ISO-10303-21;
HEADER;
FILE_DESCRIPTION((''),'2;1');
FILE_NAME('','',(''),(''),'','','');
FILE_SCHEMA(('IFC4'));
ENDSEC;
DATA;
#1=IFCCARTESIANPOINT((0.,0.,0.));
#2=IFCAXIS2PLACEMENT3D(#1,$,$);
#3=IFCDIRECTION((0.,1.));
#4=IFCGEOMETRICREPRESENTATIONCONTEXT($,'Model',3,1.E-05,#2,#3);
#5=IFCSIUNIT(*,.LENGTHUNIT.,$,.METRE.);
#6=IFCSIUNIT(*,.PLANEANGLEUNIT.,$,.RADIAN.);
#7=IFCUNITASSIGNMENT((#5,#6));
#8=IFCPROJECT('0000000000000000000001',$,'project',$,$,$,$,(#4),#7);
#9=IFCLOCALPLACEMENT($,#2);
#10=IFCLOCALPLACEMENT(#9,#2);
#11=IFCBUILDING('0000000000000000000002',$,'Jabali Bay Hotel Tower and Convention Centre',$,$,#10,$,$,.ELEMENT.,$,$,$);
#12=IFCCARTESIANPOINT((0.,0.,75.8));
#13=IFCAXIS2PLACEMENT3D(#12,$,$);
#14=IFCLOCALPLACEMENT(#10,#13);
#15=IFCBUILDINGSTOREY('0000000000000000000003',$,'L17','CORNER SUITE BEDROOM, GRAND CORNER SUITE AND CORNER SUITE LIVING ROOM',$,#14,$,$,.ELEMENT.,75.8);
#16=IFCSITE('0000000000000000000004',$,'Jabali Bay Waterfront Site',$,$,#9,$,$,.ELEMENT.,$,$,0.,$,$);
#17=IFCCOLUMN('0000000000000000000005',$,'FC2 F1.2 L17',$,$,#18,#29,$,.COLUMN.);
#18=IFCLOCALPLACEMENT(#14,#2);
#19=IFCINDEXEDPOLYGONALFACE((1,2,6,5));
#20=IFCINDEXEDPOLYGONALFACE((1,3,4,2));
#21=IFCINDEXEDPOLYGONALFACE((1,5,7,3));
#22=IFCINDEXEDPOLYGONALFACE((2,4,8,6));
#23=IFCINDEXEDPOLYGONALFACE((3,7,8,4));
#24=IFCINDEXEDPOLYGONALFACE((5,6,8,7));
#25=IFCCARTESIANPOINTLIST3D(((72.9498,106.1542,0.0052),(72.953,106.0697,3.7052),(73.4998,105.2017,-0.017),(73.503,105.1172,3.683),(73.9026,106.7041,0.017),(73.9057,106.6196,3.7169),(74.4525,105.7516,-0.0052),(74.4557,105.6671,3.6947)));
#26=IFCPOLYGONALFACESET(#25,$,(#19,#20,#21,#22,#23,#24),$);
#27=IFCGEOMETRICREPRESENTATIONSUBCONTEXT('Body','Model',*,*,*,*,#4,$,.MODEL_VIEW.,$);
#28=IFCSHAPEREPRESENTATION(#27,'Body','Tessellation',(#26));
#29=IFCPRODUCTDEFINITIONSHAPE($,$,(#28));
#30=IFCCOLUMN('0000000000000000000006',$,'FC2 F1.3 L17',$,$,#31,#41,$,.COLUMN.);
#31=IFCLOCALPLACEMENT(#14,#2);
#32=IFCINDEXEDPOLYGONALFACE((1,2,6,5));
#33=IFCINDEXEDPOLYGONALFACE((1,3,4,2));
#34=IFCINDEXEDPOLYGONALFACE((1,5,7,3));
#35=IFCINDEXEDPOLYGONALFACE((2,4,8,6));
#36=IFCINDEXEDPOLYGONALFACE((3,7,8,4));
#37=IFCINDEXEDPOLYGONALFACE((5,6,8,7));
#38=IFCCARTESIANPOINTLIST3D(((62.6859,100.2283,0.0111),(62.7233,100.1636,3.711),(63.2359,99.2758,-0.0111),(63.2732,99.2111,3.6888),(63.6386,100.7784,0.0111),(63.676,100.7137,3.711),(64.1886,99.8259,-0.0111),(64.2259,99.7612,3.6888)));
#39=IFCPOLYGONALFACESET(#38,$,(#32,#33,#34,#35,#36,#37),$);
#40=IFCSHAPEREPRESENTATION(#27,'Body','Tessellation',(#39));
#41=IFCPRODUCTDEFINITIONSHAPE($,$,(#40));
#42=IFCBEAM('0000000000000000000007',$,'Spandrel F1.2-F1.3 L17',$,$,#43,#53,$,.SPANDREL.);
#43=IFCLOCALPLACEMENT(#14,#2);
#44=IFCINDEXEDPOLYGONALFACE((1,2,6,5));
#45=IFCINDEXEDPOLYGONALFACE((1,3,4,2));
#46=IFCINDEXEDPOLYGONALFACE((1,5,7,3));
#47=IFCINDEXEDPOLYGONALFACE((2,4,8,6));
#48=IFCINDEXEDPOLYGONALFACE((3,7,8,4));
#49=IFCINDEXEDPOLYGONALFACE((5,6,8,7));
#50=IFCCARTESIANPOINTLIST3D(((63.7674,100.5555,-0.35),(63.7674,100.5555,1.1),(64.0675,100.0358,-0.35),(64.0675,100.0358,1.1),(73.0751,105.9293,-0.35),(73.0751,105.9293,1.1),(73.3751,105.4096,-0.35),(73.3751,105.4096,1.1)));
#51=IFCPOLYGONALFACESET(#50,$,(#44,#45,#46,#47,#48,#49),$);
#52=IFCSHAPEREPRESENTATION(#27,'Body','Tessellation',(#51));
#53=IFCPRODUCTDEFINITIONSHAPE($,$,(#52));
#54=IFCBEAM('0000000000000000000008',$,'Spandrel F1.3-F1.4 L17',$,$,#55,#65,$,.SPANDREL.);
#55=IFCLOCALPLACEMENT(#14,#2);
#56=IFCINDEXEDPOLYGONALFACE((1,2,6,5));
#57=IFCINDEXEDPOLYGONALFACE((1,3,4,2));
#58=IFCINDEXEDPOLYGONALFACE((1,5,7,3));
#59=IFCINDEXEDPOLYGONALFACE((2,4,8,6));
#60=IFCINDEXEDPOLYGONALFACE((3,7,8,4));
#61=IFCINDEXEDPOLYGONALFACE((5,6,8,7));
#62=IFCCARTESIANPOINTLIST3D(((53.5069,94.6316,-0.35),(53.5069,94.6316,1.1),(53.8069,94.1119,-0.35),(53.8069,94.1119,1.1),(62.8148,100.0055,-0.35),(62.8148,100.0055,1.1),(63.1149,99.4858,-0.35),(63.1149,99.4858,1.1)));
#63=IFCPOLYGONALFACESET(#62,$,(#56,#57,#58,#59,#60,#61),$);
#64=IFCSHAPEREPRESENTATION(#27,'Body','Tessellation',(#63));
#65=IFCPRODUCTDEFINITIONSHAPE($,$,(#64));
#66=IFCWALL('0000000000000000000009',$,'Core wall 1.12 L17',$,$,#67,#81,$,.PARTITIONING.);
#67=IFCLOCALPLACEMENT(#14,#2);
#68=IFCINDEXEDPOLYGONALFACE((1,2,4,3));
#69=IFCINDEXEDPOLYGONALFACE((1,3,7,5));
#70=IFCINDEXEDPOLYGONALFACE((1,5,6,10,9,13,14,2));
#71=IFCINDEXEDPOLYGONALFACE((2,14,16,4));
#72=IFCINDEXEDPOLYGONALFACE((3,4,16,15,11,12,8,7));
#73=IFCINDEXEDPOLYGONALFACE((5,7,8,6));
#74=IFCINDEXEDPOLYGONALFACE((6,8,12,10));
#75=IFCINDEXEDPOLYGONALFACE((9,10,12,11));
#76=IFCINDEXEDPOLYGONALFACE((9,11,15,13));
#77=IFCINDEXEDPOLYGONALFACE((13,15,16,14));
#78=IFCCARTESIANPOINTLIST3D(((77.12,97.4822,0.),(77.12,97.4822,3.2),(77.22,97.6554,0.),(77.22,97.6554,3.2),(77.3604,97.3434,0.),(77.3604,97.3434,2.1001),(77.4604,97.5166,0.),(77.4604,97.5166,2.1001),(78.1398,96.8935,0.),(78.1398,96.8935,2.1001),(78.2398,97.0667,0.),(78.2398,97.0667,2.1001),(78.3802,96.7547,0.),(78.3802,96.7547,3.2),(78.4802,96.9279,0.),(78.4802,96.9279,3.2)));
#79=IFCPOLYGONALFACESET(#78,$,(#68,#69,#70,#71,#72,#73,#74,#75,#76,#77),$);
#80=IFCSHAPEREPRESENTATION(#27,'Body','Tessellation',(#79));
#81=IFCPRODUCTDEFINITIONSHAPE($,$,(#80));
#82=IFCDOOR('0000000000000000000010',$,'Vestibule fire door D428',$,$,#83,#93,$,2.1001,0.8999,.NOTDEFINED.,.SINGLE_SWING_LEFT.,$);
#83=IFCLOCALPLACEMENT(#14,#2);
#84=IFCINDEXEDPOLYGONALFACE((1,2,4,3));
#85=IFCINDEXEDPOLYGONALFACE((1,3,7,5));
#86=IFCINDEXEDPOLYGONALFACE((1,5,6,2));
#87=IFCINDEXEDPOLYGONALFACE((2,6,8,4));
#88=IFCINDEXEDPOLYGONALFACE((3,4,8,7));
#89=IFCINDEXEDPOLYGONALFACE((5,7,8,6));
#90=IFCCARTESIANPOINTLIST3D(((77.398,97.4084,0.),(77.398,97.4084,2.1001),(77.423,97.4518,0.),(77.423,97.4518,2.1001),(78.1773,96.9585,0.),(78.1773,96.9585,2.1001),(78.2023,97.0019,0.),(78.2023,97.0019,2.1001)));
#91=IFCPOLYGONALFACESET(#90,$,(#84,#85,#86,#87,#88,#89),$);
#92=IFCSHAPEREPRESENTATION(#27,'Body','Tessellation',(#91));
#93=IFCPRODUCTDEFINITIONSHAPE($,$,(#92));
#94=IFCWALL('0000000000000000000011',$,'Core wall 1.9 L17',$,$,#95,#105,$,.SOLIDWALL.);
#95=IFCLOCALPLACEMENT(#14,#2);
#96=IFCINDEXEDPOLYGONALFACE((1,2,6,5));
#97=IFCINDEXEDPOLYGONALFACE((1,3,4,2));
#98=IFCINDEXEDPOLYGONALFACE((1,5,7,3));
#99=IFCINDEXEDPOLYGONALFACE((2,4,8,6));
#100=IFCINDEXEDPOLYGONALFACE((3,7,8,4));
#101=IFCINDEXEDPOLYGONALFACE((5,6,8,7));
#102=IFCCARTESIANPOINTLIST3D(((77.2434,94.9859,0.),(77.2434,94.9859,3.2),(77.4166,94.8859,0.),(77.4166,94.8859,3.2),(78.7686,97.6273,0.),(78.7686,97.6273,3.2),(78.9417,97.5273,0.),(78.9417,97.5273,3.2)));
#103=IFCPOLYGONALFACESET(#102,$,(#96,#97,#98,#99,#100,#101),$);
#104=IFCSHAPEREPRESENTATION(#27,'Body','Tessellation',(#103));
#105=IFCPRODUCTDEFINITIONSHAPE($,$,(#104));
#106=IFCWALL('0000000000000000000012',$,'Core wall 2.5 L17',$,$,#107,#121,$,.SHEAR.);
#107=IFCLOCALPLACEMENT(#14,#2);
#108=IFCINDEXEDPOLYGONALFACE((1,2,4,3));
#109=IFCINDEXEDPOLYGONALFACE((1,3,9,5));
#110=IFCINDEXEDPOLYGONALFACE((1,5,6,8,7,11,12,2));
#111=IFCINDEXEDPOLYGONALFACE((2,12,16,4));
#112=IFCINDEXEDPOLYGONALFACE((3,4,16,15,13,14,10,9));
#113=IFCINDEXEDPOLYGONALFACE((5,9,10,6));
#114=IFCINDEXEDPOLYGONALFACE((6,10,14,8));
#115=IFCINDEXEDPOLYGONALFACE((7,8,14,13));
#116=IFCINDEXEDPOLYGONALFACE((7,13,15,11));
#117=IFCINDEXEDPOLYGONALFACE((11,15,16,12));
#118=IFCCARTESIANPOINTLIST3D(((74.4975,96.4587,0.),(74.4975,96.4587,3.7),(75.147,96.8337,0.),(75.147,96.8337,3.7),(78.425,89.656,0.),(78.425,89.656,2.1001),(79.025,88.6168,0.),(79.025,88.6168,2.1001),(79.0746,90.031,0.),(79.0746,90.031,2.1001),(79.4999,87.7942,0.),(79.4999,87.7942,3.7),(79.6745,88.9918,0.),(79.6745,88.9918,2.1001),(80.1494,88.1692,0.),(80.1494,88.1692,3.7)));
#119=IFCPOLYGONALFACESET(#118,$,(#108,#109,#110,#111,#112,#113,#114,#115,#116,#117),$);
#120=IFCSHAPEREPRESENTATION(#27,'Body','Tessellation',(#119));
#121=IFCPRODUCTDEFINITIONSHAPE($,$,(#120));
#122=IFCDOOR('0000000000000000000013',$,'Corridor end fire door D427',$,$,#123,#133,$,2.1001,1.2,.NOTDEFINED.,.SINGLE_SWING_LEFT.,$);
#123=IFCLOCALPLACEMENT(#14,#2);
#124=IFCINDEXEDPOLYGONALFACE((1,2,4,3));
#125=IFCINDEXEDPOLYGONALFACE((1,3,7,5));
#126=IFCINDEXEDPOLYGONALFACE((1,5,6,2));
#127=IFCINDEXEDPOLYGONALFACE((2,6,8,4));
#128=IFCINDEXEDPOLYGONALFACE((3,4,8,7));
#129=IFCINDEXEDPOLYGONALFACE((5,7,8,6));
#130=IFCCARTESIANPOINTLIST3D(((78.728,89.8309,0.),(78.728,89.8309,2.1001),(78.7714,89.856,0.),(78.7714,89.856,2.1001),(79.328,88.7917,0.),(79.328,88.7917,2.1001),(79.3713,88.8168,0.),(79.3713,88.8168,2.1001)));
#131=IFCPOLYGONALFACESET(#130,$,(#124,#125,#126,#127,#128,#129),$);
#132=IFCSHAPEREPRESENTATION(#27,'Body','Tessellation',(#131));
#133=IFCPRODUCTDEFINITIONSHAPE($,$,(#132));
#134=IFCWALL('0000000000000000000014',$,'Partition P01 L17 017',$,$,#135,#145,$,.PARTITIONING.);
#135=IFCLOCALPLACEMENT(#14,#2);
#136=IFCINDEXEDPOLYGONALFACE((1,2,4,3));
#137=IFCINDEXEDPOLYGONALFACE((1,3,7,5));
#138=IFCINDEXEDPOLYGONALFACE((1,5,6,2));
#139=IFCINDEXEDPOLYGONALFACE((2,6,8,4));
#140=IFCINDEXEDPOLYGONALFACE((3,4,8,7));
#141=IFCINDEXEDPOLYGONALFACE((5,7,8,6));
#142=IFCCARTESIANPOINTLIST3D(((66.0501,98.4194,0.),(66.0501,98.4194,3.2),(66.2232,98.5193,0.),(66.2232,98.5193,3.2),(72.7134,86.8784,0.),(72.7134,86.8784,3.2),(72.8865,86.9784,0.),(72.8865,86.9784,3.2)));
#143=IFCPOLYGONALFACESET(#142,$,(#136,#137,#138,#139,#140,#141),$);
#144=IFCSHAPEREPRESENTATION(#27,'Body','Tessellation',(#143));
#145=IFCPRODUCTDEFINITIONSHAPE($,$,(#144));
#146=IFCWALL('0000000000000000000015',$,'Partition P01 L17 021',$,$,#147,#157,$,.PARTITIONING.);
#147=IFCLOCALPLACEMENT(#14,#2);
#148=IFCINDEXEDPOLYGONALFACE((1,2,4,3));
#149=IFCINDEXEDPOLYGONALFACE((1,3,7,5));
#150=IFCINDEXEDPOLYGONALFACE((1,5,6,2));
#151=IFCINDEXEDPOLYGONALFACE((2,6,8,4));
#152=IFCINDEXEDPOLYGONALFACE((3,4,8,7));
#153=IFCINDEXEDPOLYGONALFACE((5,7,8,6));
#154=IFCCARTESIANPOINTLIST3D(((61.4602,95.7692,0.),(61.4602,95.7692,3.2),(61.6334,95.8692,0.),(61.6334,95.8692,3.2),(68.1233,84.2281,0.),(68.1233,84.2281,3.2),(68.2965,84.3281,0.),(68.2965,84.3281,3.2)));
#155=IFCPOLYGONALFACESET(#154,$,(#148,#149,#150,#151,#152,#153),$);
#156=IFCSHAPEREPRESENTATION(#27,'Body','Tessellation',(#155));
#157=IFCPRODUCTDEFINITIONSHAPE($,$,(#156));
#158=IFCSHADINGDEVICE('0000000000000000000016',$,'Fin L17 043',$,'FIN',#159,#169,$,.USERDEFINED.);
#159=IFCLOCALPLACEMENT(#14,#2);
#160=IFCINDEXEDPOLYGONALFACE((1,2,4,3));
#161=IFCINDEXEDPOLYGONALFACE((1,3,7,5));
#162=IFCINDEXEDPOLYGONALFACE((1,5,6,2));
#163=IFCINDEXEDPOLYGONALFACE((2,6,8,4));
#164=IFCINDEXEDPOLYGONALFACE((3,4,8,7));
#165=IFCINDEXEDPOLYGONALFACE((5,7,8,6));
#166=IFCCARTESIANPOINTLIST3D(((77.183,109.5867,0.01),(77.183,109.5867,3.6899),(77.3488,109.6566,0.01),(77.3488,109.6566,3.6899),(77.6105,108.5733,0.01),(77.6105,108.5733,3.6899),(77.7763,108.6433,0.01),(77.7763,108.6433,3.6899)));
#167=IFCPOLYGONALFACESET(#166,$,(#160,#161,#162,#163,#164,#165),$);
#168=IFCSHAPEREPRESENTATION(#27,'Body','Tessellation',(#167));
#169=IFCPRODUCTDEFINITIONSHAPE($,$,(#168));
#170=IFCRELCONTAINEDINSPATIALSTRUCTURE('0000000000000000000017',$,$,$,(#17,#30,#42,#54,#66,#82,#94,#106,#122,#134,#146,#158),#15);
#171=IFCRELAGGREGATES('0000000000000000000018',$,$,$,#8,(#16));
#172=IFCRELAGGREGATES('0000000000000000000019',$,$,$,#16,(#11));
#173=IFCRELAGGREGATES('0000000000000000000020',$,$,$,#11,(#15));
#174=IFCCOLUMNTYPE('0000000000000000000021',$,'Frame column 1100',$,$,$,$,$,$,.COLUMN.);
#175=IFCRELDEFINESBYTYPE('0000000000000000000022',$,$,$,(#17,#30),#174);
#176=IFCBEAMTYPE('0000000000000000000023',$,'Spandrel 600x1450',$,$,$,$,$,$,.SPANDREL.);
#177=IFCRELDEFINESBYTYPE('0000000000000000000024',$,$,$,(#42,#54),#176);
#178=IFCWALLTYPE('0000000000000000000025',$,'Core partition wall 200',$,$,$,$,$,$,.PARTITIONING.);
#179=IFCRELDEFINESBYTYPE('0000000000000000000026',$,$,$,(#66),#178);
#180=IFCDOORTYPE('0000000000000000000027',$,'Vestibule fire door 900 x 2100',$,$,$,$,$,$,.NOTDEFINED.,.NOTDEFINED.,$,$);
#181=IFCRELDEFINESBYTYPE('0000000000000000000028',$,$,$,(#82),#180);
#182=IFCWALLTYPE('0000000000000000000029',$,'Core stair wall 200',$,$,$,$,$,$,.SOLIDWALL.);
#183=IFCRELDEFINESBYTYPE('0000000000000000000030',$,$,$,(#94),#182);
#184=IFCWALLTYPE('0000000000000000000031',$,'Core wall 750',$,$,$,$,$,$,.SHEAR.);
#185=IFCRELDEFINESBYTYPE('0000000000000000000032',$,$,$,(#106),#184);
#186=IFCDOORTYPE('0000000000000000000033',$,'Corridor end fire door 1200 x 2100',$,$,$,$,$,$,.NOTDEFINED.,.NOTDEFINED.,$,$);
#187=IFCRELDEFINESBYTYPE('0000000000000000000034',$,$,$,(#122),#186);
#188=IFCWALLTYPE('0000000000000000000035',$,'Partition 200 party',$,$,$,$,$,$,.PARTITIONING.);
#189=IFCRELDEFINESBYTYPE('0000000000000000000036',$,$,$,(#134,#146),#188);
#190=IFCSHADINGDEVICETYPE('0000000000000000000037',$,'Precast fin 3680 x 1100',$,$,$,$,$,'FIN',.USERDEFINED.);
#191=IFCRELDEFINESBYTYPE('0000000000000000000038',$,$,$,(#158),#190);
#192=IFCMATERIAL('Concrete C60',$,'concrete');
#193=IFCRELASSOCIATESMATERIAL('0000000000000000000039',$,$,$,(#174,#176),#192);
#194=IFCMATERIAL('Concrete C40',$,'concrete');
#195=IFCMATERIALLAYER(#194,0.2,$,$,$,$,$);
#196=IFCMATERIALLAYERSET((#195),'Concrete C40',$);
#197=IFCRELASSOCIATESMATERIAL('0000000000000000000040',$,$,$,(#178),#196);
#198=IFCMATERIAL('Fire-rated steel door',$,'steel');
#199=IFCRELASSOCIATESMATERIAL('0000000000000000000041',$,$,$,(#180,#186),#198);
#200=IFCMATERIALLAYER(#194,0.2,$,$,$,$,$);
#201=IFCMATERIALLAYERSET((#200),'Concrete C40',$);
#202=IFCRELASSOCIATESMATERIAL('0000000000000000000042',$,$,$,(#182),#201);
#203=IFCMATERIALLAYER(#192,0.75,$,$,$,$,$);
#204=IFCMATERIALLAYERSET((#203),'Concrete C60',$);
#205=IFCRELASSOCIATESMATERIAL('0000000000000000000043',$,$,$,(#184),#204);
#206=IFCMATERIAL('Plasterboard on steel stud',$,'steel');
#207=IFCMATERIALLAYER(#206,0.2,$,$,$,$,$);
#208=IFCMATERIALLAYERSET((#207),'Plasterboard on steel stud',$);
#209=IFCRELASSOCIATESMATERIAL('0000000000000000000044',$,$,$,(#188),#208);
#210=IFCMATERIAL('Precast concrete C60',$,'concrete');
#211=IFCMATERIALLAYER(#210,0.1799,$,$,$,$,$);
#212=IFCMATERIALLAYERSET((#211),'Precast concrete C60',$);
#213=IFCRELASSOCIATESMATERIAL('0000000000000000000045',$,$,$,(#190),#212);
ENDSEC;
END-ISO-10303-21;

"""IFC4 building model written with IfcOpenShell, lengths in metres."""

from ifc_helpers import new_model, si_unit, direction, frame, frame_2d, origin, origin_2d, place, context, subcontext, project, spatial, rectangle, extrude, material, layer, layer_set, material_profile, profile_set, type_object, element, fill, save


model = new_model("IFC4")

# Units and contexts
model_context = context("Model", 3, precision=1e-05, world=origin(), true_north=direction((0.0, 1.0)))
body_context = subcontext(model_context, "Body", "Model", "MODEL_VIEW")
ifc_project = project(units=[si_unit("LENGTHUNIT", "METRE"), si_unit("PLANEANGLEUNIT", "RADIAN")], contexts=[model_context])

# Site, building, storey
site_placement = place(None, origin())
site = spatial("IfcSite", under=ifc_project, at=site_placement, Name="Jabali Bay Waterfront Site", CompositionType="ELEMENT", RefElevation=0.0)
building_placement = place(site_placement, origin())
building = spatial("IfcBuilding", under=site, at=building_placement, Name="Jabali Bay Hotel Tower and Convention Centre", CompositionType="ELEMENT")
storey_placement = place(building_placement, frame((0.0, 0.0, 75.8)))
storey = spatial("IfcBuildingStorey", under=building, at=storey_placement, Name="L17", Description="CORNER SUITE BEDROOM, GRAND CORNER SUITE AND CORNER SUITE LIVING ROOM", CompositionType="ELEMENT", Elevation=75.8)

# Columns
ifc_material_1 = material(Name="Concrete C60", Category="concrete")
ifc_material_profile_1 = material_profile(ifc_material_1, rectangle(XDim=1.1001, YDim=1.1001, at=origin_2d()), Name="Frame column 1100")
ifc_profile_set_1 = profile_set([ifc_material_profile_1], Name="Concrete C60")
column_type = type_object("IfcColumnType", Name="Frame column 1100", PredefinedType="COLUMN", material=ifc_profile_set_1)
column_1_placement = place(storey_placement, frame((73.7012, 105.9529, 0.0), z_axis=(0.000858, -0.022825, 0.999739), x_axis=(0.86606, 0.499826, 0.010668)))
element("IfcColumn", 1, at=column_1_placement, inside=storey, type_object=column_type, Name="FC2 F1.2 L17", PredefinedType="COLUMN", context=body_context, shape_type="SweptSolid", body=[
    extrude(rectangle(XDim=1.1001, YDim=1.1001, at=origin_2d()), origin(), (0.0, 0.0, 1.0), 3.7009),
])
column_2_placement = place(storey_placement, frame((63.4373, 100.0271, 0.0), z_axis=(0.010094, -0.017482, 0.999796), x_axis=(-0.499897, 0.86585, 0.020187)))
element("IfcColumn", 2, at=column_2_placement, inside=storey, type_object=column_type, Name="FC2 F1.3 L17", PredefinedType="COLUMN", context=body_context, shape_type="SweptSolid", body=[
    extrude(rectangle(XDim=1.1001, YDim=1.1001, at=origin_2d()), origin(), (0.0, 0.0, 1.0), 3.7007),
])

# Beams
ifc_material_profile_2 = material_profile(ifc_material_1, rectangle(XDim=0.6001, YDim=1.45, at=origin_2d()), Name="Spandrel 600x1450")
ifc_profile_set_2 = profile_set([ifc_material_profile_2], Name="Concrete C60")
beam_type = type_object("IfcBeamType", Name="Spandrel 600x1450", PredefinedType="SPANDREL", material=ifc_profile_set_2)
beam_1_placement = place(storey_placement, frame((73.2251, 105.6694, 0.375), z_axis=(-0.866024, -0.500002, 0.0), x_axis=(0.500002, -0.866024, 0.0)))
element("IfcBeam", 3, at=beam_1_placement, inside=storey, type_object=beam_type, Name="Spandrel F1.2-F1.3 L17", PredefinedType="SPANDREL", context=body_context, shape_type="SweptSolid", body=[
    extrude(rectangle(XDim=0.6001, YDim=1.45, at=origin_2d()), origin(), (0.0, 0.0, 1.0), 10.7476),
])
beam_2_placement = place(storey_placement, frame((62.9648, 99.7456, 0.375), z_axis=(-0.86603, -0.499992, 0.0), x_axis=(0.499992, -0.86603, 0.0)))
element("IfcBeam", 4, at=beam_2_placement, inside=storey, type_object=beam_type, Name="Spandrel F1.3-F1.4 L17", PredefinedType="SPANDREL", context=body_context, shape_type="SweptSolid", body=[
    extrude(rectangle(XDim=0.6001, YDim=1.45, at=origin_2d()), origin(), (0.0, 0.0, 1.0), 10.7478),
])

# Wall, opening, door
ifc_material_2 = material(Name="Concrete C40", Category="concrete")
ifc_layer_1 = layer(ifc_material_2, 0.2)
ifc_layer_set_1 = layer_set([ifc_layer_1], Name="Concrete C40")
wall_type_1 = type_object("IfcWallType", Name="Core partition wall 200", PredefinedType="PARTITIONING", material=ifc_layer_set_1)
wall_1_placement = place(storey_placement, frame((78.4302, 96.8413, 0.0), z_axis=(0.0, 0.0, 1.0), x_axis=(-0.866046, 0.499965, 0.0)))
wall_1 = element("IfcWall", 5, at=wall_1_placement, inside=storey, type_object=wall_type_1, Name="Core wall 1.12 L17", PredefinedType="PARTITIONING", context=body_context, shape_type="SweptSolid", body=[
    extrude(rectangle(XDim=1.4551, YDim=0.2, at=frame_2d((0.7275, 0.0))), origin(), (0.0, 0.0, 1.0), 3.2),
])
opening_1_placement = place(wall_1_placement, frame((0.2776, 0.0, 0.0)))
opening_1 = element("IfcOpeningElement", 6, at=opening_1_placement, cuts=wall_1, PredefinedType="OPENING", context=body_context, shape_type="SweptSolid", body=[
    extrude(rectangle(XDim=0.8999, YDim=2.1001, at=frame_2d((0.45, 1.05))), frame((0.0, 0.1104, 0.0), z_axis=(0.0, -1.0, 0.0), x_axis=(1.0, 0.0, 0.0)), (0.0, 0.0, 1.0), 0.2209),
])
ifc_material_3 = material(Name="Fire-rated steel door", Category="steel")
door_type_1 = type_object("IfcDoorType", Name="Vestibule fire door 900 x 2100", OperationType="NOTDEFINED", PredefinedType="NOTDEFINED", material=ifc_material_3)
door_1_placement = place(opening_1_placement, origin())
door_1 = element("IfcDoor", 7, at=door_1_placement, inside=storey, type_object=door_type_1, Name="Vestibule fire door D428", OperationType="SINGLE_SWING_LEFT", OverallHeight=2.1001, OverallWidth=0.8999, PredefinedType="NOTDEFINED", context=body_context, shape_type="SweptSolid", body=[
    extrude(rectangle(XDim=0.8999, YDim=2.1001, at=frame_2d((0.45, 1.05))), frame((0.0, 0.0249, 0.0), z_axis=(0.0, -1.0, 0.0), x_axis=(1.0, 0.0, 0.0)), (0.0, 0.0, 1.0), 0.05),
])
fill(opening_1, door_1)

# Wall
ifc_layer_2 = layer(ifc_material_2, 0.2)
ifc_layer_set_2 = layer_set([ifc_layer_2], Name="Concrete C40")
wall_type_2 = type_object("IfcWallType", Name="Core stair wall 200", PredefinedType="SOLIDWALL", material=ifc_layer_set_2)
wall_2_placement = place(storey_placement, frame((77.3301, 94.936, 0.0), z_axis=(0.0, 0.0, 1.0), x_axis=(0.500039, 0.866003, 0.0)))
element("IfcWall", 8, at=wall_2_placement, inside=storey, type_object=wall_type_2, Name="Core wall 1.9 L17", PredefinedType="SOLIDWALL", context=body_context, shape_type="SweptSolid", body=[
    extrude(rectangle(XDim=3.05, YDim=0.2, at=frame_2d((1.5249, 0.0))), origin(), (0.0, 0.0, 1.0), 3.2),
])

# Wall, opening, door
ifc_layer_3 = layer(ifc_material_1, 0.75)
ifc_layer_set_3 = layer_set([ifc_layer_3], Name="Concrete C60")
wall_type_3 = type_object("IfcWallType", Name="Core wall 750", PredefinedType="SHEAR", material=ifc_layer_set_3)
wall_3_placement = place(storey_placement, frame((74.8223, 96.6462, 0.0), z_axis=(0.0, 0.0, 1.0), x_axis=(0.499997, -0.866027, 0.0)))
wall_3 = element("IfcWall", 9, at=wall_3_placement, inside=storey, type_object=wall_type_3, Name="Core wall 2.5 L17", PredefinedType="SHEAR", context=body_context, shape_type="SweptSolid", body=[
    extrude(rectangle(XDim=10.0049, YDim=0.75, at=frame_2d((5.0024, 0.0))), origin(), (0.0, 0.0, 1.0), 3.7),
])
opening_2_placement = place(wall_3_placement, frame((7.855, 0.0, 0.0)))
opening_2 = element("IfcOpeningElement", 10, at=opening_2_placement, cuts=wall_3, PredefinedType="OPENING", context=body_context, shape_type="SweptSolid", body=[
    extrude(rectangle(XDim=1.2, YDim=2.1001, at=frame_2d((0.6001, 1.05))), frame((0.0, 0.3855, 0.0), z_axis=(0.0, -1.0, 0.0), x_axis=(1.0, 0.0, 0.0)), (0.0, 0.0, 1.0), 0.771),
])
door_type_2 = type_object("IfcDoorType", Name="Corridor end fire door 1200 x 2100", OperationType="NOTDEFINED", PredefinedType="NOTDEFINED", material=ifc_material_3)
door_2_placement = place(opening_2_placement, origin())
door_2 = element("IfcDoor", 11, at=door_2_placement, inside=storey, type_object=door_type_2, Name="Corridor end fire door D427", OperationType="SINGLE_SWING_LEFT", OverallHeight=2.1001, OverallWidth=1.2, PredefinedType="NOTDEFINED", context=body_context, shape_type="SweptSolid", body=[
    extrude(rectangle(XDim=1.2, YDim=2.1001, at=frame_2d((0.6001, 1.05))), frame((0.0, 0.0249, 0.0), z_axis=(0.0, -1.0, 0.0), x_axis=(1.0, 0.0, 0.0)), (0.0, 0.0, 1.0), 0.05),
])
fill(opening_2, door_2)

# Walls
ifc_material_4 = material(Name="Plasterboard on steel stud", Category="steel")
ifc_layer_4 = layer(ifc_material_4, 0.2)
ifc_layer_set_4 = layer_set([ifc_layer_4], Name="Plasterboard on steel stud")
wall_type_4 = type_object("IfcWallType", Name="Partition 200 party", PredefinedType="PARTITIONING", material=ifc_layer_set_4)
for number, where, z_axis, x_axis, name in (
    (12, (66.1367, 98.4692, 0.0), (0.0, 0.0, 1.0), (0.500007, -0.866021, 0.0), "Partition P01 L17 017"),
    (13, (61.5469, 95.8191, 0.0), (0.0, 0.0, 1.0), (0.499993, -0.866029, 0.0), "Partition P01 L17 021"),
):
    element("IfcWall", number, at=place(storey_placement, frame(where, z_axis=z_axis, x_axis=x_axis)), inside=storey, type_object=wall_type_4, Name=name, PredefinedType="PARTITIONING", context=body_context, shape_type="SweptSolid", body=[
        extrude(rectangle(XDim=13.3264, YDim=0.2, at=frame_2d((6.6631, 0.0))), origin(), (0.0, 0.0, 1.0), 3.2),
    ])

# Shading device
ifc_material_5 = material(Name="Precast concrete C60", Category="concrete")
ifc_layer_5 = layer(ifc_material_5, 0.1799)
ifc_layer_set_5 = layer_set([ifc_layer_5], Name="Precast concrete C60")
shading_device_type_1 = type_object("IfcShadingDeviceType", Name="Precast fin 3680 x 1100", ElementType="FIN", PredefinedType="USERDEFINED", material=ifc_layer_set_5)
for number, where, z_axis, x_axis, name in (
    (14, (77.6934, 108.6084, 0.01), (0.0, 0.0, 1.0), (-0.388662, 0.92138, 0.0), "Fin L17 043"),
):
    element("IfcShadingDevice", number, at=place(storey_placement, frame(where, z_axis=z_axis, x_axis=x_axis)), inside=storey, type_object=shading_device_type_1, Name=name, ObjectType="FIN", PredefinedType="USERDEFINED", context=body_context, shape_type="SweptSolid", body=[
        extrude(rectangle(XDim=1.0999, YDim=0.1799, at=frame_2d((0.5498, 0.0))), origin(), (0.0, 0.0, 1.0), 3.6799),
    ])

save(model, "model.ifc")
